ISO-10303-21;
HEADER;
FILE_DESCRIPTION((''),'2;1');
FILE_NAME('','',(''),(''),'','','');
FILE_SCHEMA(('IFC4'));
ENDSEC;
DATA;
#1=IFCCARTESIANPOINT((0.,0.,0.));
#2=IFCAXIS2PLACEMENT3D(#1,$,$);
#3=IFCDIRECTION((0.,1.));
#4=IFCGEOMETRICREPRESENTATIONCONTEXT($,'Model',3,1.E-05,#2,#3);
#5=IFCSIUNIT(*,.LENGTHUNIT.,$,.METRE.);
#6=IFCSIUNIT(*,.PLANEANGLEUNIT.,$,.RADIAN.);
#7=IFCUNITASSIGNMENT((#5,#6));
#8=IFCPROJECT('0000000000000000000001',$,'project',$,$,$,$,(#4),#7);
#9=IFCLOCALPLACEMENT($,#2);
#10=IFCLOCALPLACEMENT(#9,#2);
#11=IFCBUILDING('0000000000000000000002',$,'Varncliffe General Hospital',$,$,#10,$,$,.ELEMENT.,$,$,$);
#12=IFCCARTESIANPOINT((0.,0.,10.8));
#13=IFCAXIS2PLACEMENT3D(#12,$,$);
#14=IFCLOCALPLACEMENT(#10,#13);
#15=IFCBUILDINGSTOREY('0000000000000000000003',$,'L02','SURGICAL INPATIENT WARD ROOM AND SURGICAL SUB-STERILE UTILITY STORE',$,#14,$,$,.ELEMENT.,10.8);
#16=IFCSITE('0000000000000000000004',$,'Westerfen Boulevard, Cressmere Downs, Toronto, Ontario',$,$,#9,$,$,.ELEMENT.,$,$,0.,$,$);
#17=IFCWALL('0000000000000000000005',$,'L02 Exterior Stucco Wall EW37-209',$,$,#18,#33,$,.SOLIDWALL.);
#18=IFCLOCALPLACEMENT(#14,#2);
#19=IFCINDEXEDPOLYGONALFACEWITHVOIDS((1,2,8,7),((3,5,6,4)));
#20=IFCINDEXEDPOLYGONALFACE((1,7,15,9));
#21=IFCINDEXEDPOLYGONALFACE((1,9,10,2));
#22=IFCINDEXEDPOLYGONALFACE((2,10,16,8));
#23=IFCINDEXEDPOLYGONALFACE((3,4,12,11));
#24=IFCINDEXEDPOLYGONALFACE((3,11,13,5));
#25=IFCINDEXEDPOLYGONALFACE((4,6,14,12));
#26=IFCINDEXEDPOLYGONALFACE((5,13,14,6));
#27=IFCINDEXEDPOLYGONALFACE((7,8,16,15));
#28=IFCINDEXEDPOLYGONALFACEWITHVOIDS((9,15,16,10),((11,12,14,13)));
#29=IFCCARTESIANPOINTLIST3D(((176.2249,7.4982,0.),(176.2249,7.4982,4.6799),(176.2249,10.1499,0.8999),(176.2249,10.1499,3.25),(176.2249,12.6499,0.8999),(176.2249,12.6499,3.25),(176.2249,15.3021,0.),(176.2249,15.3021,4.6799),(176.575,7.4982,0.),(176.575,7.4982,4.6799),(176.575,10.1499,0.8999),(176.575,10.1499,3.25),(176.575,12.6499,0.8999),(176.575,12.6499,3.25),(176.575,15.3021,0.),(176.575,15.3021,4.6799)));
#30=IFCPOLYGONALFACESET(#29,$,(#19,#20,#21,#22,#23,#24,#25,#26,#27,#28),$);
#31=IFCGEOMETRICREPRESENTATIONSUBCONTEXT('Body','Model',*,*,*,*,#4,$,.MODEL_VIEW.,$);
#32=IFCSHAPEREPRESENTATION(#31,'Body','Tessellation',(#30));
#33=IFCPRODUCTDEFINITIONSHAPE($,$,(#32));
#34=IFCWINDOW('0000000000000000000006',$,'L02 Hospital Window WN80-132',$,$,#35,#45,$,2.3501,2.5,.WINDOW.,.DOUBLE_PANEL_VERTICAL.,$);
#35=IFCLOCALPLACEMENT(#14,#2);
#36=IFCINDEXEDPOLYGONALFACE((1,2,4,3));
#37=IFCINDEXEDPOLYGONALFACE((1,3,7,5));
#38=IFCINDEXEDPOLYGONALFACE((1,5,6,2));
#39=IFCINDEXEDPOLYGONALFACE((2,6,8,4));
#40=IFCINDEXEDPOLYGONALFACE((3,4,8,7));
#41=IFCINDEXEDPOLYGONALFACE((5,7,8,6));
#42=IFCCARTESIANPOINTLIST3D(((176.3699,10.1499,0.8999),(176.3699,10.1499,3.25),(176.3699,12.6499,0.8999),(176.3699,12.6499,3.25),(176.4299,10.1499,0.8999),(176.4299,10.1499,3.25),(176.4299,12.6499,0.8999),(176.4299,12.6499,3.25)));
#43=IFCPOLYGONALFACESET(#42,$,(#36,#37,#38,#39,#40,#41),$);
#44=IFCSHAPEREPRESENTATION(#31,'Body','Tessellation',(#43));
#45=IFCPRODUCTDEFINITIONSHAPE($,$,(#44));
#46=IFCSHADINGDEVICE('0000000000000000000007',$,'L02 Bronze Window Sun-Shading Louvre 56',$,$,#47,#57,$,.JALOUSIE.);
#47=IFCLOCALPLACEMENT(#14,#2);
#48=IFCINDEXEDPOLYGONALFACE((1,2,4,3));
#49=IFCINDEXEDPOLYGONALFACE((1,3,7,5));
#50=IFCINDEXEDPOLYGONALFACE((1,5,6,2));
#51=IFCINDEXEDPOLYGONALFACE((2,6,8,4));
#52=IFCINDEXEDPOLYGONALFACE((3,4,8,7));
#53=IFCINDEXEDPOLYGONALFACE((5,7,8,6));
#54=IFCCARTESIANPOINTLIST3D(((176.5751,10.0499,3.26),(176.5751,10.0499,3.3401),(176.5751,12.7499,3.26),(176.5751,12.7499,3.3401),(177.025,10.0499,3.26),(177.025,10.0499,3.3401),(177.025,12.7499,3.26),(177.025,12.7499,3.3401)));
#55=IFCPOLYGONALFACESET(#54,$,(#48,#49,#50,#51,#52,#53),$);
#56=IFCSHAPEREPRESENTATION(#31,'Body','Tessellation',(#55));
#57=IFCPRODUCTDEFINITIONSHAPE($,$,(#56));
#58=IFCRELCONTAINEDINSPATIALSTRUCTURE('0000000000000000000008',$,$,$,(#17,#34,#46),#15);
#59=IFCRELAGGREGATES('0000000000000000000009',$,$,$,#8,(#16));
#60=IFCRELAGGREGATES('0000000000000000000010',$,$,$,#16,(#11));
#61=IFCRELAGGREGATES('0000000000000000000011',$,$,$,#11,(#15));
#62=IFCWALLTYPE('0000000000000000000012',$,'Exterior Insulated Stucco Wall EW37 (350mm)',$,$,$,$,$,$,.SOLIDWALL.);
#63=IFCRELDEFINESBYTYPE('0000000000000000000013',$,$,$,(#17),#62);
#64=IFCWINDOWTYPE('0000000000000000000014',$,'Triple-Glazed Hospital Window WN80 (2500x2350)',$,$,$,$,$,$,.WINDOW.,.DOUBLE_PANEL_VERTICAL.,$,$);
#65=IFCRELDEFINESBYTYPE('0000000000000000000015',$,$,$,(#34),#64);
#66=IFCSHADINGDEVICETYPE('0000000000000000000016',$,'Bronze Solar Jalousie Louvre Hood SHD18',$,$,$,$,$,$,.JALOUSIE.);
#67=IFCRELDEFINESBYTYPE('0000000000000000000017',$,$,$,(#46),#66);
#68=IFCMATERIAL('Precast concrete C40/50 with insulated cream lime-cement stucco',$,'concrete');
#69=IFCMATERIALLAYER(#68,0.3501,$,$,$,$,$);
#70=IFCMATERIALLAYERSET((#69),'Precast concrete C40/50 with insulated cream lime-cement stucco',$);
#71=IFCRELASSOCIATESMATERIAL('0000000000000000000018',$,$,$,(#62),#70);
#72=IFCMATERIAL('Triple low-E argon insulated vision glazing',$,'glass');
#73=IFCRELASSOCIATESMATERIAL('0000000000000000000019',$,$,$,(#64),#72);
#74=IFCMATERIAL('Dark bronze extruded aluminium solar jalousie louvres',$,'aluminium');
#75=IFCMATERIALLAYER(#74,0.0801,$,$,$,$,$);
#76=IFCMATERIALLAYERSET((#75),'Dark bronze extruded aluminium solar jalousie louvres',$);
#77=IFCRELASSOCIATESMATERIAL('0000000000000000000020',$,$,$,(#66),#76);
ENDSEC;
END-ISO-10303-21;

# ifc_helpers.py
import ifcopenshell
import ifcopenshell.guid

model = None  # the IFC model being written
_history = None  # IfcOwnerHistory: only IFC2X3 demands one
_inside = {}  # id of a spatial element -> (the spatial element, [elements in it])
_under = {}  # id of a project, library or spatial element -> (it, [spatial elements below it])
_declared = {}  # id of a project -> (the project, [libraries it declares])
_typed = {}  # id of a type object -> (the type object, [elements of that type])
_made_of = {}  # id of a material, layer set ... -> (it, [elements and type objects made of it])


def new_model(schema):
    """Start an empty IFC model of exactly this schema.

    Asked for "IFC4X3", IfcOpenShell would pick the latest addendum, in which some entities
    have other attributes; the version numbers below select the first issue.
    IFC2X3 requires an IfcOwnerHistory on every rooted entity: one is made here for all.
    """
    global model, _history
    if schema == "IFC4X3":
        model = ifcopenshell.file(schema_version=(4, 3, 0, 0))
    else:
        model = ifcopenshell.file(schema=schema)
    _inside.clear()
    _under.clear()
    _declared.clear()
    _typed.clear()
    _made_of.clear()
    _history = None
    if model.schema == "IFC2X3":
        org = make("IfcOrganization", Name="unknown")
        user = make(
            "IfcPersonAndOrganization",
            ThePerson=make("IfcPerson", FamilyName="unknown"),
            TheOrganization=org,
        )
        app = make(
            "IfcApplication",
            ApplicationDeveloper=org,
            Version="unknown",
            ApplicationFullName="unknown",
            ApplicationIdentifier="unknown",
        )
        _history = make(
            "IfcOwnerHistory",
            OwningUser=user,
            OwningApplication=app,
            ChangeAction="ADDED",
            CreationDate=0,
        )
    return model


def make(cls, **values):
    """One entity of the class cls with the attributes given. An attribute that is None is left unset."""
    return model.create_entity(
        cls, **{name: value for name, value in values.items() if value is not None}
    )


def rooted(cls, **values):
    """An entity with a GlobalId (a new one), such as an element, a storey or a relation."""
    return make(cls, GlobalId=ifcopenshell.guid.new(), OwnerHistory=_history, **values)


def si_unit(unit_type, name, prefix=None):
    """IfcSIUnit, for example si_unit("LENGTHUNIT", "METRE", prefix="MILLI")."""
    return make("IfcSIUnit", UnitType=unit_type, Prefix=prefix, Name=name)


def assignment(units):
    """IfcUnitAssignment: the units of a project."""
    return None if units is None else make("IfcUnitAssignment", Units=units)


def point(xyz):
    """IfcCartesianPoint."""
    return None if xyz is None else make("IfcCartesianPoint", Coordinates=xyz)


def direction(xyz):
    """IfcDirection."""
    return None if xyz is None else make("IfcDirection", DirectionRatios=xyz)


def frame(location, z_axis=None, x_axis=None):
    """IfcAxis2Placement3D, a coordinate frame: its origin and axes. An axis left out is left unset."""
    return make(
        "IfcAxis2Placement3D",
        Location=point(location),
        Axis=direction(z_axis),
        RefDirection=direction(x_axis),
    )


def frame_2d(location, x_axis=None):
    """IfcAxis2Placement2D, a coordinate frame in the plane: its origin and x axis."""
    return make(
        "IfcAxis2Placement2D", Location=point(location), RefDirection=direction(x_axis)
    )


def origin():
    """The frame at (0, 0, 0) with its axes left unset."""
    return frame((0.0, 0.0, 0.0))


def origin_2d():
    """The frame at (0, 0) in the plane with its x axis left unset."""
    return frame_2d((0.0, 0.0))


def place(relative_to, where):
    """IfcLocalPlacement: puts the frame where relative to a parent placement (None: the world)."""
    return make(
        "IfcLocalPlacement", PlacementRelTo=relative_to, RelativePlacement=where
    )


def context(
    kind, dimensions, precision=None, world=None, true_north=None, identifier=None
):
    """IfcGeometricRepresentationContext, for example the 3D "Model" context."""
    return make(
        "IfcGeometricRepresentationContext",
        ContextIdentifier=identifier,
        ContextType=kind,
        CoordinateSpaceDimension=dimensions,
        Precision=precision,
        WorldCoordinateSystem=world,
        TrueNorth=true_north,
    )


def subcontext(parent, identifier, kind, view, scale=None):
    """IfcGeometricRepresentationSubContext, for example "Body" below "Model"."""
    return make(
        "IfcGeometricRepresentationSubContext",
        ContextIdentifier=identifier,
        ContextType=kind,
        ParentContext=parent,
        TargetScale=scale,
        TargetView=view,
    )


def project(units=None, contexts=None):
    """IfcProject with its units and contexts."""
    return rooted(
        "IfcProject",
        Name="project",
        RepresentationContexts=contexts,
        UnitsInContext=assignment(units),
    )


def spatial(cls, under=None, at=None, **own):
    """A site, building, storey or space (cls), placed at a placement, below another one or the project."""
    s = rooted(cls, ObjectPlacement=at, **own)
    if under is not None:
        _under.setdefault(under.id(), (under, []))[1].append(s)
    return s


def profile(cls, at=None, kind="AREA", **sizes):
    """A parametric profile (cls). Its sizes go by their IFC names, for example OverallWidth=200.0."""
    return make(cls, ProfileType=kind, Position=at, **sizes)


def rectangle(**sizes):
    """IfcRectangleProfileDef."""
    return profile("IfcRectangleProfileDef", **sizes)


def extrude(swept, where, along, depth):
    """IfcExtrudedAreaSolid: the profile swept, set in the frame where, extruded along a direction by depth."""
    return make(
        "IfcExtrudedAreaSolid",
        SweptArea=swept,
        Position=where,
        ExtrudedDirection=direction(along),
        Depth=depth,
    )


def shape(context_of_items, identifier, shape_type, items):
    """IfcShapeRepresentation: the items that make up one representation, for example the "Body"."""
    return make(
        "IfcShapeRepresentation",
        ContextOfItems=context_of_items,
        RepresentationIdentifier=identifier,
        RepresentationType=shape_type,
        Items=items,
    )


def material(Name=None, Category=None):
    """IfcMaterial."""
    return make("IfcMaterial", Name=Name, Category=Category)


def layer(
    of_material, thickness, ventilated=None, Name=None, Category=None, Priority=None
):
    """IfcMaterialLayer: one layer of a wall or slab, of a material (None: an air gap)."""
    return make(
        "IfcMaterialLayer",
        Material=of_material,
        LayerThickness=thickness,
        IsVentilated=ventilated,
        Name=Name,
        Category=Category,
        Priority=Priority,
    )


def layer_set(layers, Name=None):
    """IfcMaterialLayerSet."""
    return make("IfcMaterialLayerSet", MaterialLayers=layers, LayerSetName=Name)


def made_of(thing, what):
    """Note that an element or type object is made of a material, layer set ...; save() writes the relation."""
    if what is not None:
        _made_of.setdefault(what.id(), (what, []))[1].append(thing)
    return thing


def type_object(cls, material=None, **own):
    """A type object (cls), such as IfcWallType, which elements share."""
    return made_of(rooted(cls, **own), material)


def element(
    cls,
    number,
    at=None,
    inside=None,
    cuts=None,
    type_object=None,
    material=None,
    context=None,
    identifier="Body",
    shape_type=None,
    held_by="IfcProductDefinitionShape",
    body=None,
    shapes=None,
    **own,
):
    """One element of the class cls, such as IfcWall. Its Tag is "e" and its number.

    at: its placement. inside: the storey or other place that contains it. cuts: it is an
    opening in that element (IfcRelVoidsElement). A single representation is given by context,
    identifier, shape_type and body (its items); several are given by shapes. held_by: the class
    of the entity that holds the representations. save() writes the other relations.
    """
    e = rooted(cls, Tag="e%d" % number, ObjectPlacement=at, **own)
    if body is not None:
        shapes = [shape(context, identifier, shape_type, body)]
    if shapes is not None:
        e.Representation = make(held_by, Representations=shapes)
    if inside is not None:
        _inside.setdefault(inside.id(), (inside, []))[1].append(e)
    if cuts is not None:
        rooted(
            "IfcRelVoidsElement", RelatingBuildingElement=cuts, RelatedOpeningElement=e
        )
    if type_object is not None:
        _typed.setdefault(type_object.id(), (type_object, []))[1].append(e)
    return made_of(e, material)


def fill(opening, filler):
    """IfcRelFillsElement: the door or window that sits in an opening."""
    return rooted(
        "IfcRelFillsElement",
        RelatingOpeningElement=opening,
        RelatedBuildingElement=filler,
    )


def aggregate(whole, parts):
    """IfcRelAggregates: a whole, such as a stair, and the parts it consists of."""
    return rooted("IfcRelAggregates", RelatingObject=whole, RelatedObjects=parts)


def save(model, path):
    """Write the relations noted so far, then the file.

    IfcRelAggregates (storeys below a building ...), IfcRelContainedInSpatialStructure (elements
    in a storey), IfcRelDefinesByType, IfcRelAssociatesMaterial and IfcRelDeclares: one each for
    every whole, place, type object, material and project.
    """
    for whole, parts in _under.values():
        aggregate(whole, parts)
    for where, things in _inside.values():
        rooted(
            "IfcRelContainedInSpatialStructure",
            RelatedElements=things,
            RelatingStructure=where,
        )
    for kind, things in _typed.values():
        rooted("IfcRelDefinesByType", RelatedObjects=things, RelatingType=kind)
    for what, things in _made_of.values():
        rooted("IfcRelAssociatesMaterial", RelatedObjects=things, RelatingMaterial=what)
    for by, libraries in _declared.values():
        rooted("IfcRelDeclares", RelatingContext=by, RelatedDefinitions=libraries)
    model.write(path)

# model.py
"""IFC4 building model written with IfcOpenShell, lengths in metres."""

from ifc_helpers import new_model, si_unit, direction, frame, frame_2d, origin, origin_2d, place, context, subcontext, project, spatial, rectangle, extrude, material, layer, layer_set, type_object, element, fill, save


model = new_model("IFC4")

# Units and contexts
model_context = context("Model", 3, precision=1e-05, world=origin(), true_north=direction((0.0, 1.0)))
body_context = subcontext(model_context, "Body", "Model", "MODEL_VIEW")
ifc_project = project(units=[si_unit("LENGTHUNIT", "METRE"), si_unit("PLANEANGLEUNIT", "RADIAN")], contexts=[model_context])

# Site, building, storey
site_placement = place(None, origin())
site = spatial("IfcSite", under=ifc_project, at=site_placement, Name="Westerfen Boulevard, Cressmere Downs, Toronto, Ontario", CompositionType="ELEMENT", RefElevation=0.0)
building_placement = place(site_placement, origin())
building = spatial("IfcBuilding", under=site, at=building_placement, Name="Varncliffe General Hospital", CompositionType="ELEMENT")
storey_placement = place(building_placement, frame((0.0, 0.0, 10.8)))
storey = spatial("IfcBuildingStorey", under=building, at=storey_placement, Name="L02", Description="SURGICAL INPATIENT WARD ROOM AND SURGICAL SUB-STERILE UTILITY STORE", CompositionType="ELEMENT", Elevation=10.8)

# Wall, opening, window
ifc_material_1 = material(Name="Precast concrete C40/50 with insulated cream lime-cement stucco", Category="concrete")
ifc_material_2 = material(Name="Triple low-E argon insulated vision glazing", Category="glass")
ifc_layer_1 = layer(ifc_material_1, 0.3501)
ifc_layer_set_1 = layer_set([ifc_layer_1], Name="Precast concrete C40/50 with insulated cream lime-cement stucco")
wall_type_1 = type_object("IfcWallType", Name="Exterior Insulated Stucco Wall EW37 (350mm)", PredefinedType="SOLIDWALL", material=ifc_layer_set_1)
wall_1_placement = place(storey_placement, frame((176.3999, 15.302, 0.0), z_axis=(0.0, 0.0, 1.0), x_axis=(0.0, -1.0, 0.0)))
wall_1 = element("IfcWall", 1, at=wall_1_placement, inside=storey, type_object=wall_type_1, Name="L02 Exterior Stucco Wall EW37-209", PredefinedType="SOLIDWALL", context=body_context, shape_type="SweptSolid", body=[
    extrude(rectangle(XDim=7.804, YDim=0.3501, at=frame_2d((3.9019, 0.0))), origin(), (0.0, 0.0, 1.0), 4.6799),
])
opening_1_placement = place(wall_1_placement, frame((2.6521, 0.0, 0.8999)))
opening_1 = element("IfcOpeningElement", 2, at=opening_1_placement, cuts=wall_1, PredefinedType="OPENING", context=body_context, shape_type="SweptSolid", body=[
    extrude(rectangle(XDim=2.5, YDim=2.3501, at=frame_2d((1.25, 1.175))), frame((0.0, 0.1851, 0.0), z_axis=(0.0, -1.0, 0.0), x_axis=(1.0, 0.0, 0.0)), (0.0, 0.0, 1.0), 0.3701),
])
window_type_1 = type_object("IfcWindowType", Name="Triple-Glazed Hospital Window WN80 (2500x2350)", PartitioningType="DOUBLE_PANEL_VERTICAL", PredefinedType="WINDOW", material=ifc_material_2)
window_1_placement = place(opening_1_placement, origin())
window_1 = element("IfcWindow", 3, at=window_1_placement, inside=storey, type_object=window_type_1, Name="L02 Hospital Window WN80-132", OverallHeight=2.3501, OverallWidth=2.5, PartitioningType="DOUBLE_PANEL_VERTICAL", PredefinedType="WINDOW", context=body_context, shape_type="SweptSolid", body=[
    extrude(rectangle(XDim=2.5, YDim=2.3501, at=frame_2d((1.25, 1.175))), frame((0.0, 0.03, 0.0), z_axis=(0.0, -1.0, 0.0), x_axis=(1.0, 0.0, 0.0)), (0.0, 0.0, 1.0), 0.0601),
])
fill(opening_1, window_1)

# Shading device
ifc_material_3 = material(Name="Dark bronze extruded aluminium solar jalousie louvres", Category="aluminium")
ifc_layer_2 = layer(ifc_material_3, 0.0801)
ifc_layer_set_2 = layer_set([ifc_layer_2], Name="Dark bronze extruded aluminium solar jalousie louvres")
shading_device_type = type_object("IfcShadingDeviceType", Name="Bronze Solar Jalousie Louvre Hood SHD18", PredefinedType="JALOUSIE", material=ifc_layer_set_2)
shading_device_placement = place(storey_placement, frame((176.8, 11.3999, 3.26), z_axis=(0.0, 0.0, 1.0), x_axis=(0.0, -1.0, 0.0)))
element("IfcShadingDevice", 4, at=shading_device_placement, inside=storey, type_object=shading_device_type, Name="L02 Bronze Window Sun-Shading Louvre 56", PredefinedType="JALOUSIE", context=body_context, shape_type="SweptSolid", body=[
    extrude(rectangle(XDim=2.7, YDim=0.45, at=origin_2d()), origin(), (0.0, 0.0, 1.0), 0.0801),
])

save(model, "model.ifc")
